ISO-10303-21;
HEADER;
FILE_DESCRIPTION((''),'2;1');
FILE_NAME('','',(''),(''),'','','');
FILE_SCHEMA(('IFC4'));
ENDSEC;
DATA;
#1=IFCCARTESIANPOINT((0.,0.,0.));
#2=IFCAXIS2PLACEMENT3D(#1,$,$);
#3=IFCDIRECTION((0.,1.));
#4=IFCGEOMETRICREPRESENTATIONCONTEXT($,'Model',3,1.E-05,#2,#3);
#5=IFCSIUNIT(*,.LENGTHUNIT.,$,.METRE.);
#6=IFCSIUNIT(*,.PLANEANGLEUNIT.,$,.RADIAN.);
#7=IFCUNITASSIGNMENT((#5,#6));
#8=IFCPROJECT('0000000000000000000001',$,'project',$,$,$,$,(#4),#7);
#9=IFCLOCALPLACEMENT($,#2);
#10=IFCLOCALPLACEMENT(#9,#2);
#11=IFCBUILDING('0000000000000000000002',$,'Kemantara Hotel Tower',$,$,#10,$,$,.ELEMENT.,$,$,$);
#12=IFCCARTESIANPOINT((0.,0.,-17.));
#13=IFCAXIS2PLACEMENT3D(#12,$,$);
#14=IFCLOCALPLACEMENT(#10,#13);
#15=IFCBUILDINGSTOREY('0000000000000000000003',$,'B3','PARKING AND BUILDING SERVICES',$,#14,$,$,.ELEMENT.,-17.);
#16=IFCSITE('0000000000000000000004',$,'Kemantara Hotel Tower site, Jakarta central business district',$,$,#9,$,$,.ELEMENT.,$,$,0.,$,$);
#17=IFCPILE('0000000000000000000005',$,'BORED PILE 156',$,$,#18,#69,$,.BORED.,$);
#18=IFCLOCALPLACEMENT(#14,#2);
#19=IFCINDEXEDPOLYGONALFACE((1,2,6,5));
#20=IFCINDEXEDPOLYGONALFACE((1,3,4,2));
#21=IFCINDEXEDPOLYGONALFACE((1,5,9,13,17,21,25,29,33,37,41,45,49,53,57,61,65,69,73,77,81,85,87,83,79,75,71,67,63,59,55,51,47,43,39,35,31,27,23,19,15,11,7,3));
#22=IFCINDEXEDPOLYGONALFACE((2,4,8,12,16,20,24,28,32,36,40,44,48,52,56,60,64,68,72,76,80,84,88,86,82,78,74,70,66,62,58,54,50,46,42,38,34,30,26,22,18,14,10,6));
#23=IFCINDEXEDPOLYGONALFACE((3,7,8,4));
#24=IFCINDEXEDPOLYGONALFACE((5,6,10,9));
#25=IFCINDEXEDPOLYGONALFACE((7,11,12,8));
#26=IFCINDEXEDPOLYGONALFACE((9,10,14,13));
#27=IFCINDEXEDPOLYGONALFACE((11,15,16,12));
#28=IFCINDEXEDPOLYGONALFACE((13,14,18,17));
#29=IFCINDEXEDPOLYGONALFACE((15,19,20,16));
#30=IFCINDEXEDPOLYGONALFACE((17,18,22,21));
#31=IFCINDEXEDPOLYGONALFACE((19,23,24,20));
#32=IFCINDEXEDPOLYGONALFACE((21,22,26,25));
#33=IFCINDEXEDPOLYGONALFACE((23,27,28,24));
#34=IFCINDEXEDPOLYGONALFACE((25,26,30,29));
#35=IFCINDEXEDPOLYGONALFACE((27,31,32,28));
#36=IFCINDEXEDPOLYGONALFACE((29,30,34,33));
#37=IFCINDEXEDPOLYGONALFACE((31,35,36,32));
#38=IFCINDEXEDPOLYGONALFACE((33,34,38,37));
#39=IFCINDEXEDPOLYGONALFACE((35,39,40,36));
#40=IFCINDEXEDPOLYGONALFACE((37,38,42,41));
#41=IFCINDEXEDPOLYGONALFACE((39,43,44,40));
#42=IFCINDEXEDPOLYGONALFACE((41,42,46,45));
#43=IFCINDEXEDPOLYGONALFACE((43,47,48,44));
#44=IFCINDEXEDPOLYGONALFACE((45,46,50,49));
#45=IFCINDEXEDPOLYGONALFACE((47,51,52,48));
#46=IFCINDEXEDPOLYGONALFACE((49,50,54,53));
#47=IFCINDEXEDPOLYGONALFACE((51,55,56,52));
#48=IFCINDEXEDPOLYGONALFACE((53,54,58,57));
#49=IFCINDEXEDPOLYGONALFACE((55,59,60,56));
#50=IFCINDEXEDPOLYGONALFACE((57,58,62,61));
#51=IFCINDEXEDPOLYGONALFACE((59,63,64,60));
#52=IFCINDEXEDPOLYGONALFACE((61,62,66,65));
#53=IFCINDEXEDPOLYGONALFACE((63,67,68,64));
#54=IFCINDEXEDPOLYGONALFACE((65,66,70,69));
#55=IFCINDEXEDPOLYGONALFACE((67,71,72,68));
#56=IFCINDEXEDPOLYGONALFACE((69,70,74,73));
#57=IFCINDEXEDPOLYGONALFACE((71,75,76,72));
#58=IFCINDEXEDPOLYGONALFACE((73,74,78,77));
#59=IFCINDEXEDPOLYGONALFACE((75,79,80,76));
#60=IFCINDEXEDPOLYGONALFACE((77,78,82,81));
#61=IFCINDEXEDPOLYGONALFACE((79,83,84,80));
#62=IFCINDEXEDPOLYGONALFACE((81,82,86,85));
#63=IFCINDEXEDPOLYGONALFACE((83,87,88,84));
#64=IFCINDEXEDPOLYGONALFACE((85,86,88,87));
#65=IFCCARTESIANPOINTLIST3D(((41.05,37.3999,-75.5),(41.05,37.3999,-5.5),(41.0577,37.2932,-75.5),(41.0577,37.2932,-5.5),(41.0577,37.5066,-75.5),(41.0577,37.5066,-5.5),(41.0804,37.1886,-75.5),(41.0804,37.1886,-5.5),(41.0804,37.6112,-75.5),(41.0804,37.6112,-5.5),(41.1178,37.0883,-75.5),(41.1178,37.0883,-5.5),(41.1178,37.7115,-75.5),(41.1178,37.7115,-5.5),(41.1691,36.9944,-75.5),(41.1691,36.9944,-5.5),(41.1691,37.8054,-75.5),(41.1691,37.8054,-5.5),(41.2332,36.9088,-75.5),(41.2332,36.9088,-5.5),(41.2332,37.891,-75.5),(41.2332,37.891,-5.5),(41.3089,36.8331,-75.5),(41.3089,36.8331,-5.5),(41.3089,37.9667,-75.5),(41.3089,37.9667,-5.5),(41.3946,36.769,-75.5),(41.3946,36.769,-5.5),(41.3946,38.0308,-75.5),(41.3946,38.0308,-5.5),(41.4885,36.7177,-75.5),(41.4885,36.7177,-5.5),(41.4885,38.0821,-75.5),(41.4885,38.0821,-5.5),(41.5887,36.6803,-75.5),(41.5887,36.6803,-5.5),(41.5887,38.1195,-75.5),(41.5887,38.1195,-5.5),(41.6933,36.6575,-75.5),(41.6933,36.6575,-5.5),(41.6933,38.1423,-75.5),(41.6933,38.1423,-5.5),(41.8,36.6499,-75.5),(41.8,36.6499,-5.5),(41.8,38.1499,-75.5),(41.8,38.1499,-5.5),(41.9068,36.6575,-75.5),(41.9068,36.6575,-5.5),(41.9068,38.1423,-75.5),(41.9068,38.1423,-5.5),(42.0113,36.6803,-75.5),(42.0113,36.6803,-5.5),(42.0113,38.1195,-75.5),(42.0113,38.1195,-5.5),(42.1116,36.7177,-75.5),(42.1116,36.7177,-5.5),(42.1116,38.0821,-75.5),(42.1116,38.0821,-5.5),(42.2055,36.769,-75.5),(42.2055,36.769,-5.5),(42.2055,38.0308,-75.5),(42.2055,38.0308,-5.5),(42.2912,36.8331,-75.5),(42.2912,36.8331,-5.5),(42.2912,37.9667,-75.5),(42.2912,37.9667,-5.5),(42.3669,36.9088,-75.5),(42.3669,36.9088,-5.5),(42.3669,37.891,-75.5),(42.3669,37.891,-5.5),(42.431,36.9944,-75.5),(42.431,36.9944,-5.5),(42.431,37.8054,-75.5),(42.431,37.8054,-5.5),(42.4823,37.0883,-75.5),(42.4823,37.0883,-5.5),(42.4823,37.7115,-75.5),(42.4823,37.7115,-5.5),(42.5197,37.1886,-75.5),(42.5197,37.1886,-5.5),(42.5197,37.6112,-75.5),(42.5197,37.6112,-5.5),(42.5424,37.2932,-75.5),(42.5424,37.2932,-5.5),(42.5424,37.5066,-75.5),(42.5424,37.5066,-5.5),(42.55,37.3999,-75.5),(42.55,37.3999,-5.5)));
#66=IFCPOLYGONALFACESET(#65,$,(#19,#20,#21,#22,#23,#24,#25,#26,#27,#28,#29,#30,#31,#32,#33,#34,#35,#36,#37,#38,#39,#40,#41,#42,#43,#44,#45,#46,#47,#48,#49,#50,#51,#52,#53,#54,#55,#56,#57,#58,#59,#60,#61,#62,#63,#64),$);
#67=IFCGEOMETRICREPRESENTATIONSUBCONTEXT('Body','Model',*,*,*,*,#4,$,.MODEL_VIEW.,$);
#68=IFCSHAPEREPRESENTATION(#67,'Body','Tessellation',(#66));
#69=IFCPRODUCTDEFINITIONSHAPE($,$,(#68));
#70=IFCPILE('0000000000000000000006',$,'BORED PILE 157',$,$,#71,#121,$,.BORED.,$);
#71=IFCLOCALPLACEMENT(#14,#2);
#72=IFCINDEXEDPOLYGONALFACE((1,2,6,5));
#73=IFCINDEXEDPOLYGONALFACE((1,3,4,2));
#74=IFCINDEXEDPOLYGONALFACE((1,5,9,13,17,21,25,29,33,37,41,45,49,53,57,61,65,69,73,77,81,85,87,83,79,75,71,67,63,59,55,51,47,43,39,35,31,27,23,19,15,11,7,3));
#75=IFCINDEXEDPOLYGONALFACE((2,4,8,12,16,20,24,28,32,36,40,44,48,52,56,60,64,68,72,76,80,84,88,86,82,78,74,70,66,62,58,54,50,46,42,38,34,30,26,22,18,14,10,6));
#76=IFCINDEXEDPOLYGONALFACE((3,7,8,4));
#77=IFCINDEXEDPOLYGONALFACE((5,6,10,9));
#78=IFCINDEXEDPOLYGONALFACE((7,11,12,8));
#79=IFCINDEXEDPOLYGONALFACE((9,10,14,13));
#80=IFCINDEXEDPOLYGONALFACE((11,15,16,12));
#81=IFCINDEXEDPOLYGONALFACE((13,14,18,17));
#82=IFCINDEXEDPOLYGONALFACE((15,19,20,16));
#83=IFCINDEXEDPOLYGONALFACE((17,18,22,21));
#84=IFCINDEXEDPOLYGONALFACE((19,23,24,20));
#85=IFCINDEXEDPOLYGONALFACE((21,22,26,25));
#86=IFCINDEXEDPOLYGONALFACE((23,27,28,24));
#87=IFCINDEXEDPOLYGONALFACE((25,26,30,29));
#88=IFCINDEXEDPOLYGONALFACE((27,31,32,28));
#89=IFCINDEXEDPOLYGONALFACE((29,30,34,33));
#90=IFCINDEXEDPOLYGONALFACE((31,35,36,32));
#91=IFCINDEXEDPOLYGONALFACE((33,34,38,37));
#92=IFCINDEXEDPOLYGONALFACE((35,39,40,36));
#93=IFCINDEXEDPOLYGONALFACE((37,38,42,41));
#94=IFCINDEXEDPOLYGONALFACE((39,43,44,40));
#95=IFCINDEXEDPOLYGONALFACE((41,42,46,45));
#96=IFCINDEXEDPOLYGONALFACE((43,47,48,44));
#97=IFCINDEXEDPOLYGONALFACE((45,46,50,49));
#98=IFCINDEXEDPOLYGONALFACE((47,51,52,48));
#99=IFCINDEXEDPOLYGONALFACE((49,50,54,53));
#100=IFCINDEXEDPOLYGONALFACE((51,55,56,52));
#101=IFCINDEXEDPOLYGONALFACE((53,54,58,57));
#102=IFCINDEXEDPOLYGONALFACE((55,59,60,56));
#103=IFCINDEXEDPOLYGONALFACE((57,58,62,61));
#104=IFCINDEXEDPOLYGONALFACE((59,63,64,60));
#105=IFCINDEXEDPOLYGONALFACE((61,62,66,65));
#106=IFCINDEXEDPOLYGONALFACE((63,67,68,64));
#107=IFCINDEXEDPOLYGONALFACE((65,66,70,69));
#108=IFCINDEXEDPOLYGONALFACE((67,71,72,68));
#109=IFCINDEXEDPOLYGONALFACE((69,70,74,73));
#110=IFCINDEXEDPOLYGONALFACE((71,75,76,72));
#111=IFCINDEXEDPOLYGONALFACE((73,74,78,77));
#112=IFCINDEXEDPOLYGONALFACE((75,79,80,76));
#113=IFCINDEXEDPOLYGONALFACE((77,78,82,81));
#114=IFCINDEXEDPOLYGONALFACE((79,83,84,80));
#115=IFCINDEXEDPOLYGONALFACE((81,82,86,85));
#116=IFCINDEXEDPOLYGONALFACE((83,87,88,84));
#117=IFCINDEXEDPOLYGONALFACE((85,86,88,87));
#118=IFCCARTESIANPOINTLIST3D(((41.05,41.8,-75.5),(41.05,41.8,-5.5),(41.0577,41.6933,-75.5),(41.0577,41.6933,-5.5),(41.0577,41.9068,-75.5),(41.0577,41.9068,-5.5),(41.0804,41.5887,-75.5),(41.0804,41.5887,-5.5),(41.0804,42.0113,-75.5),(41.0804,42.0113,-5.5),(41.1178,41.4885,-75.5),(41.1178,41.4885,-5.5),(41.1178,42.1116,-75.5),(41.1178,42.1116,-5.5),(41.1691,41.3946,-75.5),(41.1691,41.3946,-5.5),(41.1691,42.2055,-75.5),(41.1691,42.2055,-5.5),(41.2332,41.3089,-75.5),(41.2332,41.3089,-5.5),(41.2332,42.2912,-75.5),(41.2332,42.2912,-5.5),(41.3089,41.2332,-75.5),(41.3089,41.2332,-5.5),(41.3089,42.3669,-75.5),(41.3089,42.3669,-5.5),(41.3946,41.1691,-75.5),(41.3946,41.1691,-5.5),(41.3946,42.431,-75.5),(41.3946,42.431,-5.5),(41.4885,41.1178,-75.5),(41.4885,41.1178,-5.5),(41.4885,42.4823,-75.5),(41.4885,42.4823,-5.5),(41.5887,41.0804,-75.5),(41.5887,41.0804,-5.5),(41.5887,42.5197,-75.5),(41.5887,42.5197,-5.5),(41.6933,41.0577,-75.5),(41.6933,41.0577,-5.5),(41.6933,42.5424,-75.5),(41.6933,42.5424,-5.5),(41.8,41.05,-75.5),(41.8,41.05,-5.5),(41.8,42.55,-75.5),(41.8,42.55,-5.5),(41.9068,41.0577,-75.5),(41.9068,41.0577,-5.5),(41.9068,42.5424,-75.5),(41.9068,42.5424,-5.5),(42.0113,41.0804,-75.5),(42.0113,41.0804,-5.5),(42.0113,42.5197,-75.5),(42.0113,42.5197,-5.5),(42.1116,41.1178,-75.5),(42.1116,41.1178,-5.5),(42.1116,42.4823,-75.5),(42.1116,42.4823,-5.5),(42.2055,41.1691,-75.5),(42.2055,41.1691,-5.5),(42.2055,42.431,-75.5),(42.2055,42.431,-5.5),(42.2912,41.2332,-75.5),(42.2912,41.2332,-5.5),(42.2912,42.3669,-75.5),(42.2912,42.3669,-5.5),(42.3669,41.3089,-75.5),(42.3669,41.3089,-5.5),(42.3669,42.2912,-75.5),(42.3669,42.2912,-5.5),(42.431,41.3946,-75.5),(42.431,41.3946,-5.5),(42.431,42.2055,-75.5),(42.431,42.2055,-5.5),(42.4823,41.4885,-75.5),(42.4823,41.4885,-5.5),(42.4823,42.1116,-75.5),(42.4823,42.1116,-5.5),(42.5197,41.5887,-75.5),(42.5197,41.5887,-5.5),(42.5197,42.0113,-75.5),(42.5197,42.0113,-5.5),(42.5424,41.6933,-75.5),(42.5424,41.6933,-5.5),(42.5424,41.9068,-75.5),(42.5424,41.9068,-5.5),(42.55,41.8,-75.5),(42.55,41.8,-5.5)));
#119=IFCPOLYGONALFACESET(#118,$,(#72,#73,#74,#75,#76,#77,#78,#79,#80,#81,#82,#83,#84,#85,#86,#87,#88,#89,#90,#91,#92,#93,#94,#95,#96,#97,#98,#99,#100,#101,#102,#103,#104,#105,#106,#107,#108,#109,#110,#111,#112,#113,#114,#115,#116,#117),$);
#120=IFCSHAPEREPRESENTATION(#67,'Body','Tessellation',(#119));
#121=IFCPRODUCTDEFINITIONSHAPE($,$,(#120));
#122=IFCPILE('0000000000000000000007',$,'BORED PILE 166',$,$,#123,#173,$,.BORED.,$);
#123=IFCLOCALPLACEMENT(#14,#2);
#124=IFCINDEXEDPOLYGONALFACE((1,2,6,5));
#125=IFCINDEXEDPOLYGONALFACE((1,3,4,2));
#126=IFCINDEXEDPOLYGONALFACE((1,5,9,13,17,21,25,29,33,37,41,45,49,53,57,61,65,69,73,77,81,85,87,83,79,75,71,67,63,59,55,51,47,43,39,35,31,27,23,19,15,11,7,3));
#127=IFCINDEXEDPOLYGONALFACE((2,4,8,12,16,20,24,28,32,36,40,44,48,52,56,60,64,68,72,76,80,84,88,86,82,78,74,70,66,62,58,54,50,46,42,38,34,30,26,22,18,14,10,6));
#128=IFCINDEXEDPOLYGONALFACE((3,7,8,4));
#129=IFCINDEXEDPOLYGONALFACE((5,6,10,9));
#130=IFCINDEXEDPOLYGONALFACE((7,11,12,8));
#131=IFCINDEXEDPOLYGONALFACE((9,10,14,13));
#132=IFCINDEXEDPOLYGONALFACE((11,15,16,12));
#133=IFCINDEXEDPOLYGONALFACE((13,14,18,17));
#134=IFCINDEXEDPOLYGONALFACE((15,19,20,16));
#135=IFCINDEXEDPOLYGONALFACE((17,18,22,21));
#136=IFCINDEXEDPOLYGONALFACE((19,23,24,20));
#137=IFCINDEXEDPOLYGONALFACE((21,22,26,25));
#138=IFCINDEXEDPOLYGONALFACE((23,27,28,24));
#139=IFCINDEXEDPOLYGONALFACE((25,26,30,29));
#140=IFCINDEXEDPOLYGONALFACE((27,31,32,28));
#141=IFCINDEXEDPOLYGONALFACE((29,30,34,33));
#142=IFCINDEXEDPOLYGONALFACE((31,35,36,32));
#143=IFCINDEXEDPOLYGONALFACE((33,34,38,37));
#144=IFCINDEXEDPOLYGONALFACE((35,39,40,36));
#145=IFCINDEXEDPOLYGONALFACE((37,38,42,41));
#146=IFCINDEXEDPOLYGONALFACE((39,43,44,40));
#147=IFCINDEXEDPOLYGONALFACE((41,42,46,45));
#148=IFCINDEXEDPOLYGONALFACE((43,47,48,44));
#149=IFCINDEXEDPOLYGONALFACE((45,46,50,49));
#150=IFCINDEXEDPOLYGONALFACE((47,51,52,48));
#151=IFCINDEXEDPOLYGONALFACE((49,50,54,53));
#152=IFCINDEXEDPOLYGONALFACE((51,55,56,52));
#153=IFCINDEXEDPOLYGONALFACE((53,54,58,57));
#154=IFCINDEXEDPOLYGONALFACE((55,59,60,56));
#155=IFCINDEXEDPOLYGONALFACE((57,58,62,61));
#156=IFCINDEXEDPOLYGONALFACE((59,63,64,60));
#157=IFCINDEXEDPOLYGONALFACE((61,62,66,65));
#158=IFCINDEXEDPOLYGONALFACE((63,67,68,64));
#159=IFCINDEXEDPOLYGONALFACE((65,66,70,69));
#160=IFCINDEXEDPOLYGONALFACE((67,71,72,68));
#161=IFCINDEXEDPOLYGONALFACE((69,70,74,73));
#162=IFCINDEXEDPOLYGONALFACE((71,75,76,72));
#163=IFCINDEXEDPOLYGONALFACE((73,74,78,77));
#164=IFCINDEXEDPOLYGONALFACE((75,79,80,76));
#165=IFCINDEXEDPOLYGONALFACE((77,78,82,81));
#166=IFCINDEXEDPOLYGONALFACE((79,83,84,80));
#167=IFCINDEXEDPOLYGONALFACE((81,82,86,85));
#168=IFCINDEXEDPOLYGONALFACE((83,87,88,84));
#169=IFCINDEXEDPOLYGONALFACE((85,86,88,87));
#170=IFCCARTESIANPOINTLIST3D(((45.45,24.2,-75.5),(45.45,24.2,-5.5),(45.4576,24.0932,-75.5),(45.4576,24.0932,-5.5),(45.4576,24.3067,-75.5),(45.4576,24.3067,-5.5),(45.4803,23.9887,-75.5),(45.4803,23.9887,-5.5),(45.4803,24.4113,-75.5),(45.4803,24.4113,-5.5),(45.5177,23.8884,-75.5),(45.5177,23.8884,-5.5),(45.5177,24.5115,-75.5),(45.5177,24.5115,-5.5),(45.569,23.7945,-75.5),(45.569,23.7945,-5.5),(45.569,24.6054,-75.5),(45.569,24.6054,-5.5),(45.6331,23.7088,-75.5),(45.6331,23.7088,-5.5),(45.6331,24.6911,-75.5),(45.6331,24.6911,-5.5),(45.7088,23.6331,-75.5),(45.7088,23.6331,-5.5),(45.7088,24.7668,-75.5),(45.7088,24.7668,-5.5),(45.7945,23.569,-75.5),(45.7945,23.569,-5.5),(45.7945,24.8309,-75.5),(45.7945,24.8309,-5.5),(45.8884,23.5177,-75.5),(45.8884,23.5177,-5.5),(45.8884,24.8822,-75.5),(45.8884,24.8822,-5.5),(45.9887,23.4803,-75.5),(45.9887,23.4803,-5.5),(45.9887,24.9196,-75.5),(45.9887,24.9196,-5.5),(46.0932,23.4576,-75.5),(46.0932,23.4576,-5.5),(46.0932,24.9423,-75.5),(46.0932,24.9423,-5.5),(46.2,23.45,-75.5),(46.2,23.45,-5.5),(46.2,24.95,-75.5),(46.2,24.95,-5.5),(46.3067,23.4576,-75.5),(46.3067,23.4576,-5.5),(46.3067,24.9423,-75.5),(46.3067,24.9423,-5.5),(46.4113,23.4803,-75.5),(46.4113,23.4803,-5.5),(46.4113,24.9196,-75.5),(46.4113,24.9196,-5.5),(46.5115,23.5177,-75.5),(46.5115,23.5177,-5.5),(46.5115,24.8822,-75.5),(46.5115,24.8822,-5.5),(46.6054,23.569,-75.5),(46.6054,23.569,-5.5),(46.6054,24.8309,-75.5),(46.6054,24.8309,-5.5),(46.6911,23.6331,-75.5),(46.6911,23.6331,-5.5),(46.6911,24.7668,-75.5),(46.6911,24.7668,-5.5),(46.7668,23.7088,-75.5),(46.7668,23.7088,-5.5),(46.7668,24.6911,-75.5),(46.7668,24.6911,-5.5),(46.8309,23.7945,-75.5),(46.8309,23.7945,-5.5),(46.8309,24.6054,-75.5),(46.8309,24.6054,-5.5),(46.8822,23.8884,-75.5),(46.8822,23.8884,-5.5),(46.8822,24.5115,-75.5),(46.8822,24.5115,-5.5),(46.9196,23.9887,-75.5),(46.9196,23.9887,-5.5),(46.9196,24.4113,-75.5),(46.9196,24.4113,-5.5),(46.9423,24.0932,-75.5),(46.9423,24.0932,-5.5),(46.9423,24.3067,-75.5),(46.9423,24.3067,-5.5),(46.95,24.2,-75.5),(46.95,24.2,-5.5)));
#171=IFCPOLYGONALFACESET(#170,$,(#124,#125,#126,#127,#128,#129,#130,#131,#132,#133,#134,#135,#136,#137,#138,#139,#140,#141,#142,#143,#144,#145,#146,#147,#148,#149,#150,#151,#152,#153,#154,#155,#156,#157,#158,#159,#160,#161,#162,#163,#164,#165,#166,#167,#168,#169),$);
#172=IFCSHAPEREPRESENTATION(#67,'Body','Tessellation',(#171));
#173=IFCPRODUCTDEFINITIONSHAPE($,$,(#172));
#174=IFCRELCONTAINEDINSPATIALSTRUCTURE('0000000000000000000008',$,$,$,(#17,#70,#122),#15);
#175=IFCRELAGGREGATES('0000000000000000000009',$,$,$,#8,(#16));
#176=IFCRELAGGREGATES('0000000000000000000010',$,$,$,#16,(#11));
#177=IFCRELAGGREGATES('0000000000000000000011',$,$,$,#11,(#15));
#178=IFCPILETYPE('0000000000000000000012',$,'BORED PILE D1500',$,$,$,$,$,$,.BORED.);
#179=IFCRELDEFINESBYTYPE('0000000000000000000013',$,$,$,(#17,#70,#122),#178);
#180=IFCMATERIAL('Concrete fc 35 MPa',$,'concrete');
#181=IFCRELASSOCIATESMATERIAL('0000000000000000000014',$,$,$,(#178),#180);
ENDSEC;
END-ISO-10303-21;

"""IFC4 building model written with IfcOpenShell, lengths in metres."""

from ifc_helpers import new_model, si_unit, direction, frame, origin, origin_2d, place, context, subcontext, project, spatial, circle, extrude, material, material_profile, profile_set, type_object, element, save


model = new_model("IFC4")

# Units and contexts
model_context = context("Model", 3, precision=1e-05, world=origin(), true_north=direction((0.0, 1.0)))
body_context = subcontext(model_context, "Body", "Model", "MODEL_VIEW")
ifc_project = project(units=[si_unit("LENGTHUNIT", "METRE"), si_unit("PLANEANGLEUNIT", "RADIAN")], contexts=[model_context])

# Site, building, storey
site_placement = place(None, origin())
site = spatial("IfcSite", under=ifc_project, at=site_placement, Name="Kemantara Hotel Tower site, Jakarta central business district", CompositionType="ELEMENT", RefElevation=0.0)
building_placement = place(site_placement, origin())
building = spatial("IfcBuilding", under=site, at=building_placement, Name="Kemantara Hotel Tower", CompositionType="ELEMENT")
storey_placement = place(building_placement, frame((0.0, 0.0, -17.0)))
storey = spatial("IfcBuildingStorey", under=building, at=storey_placement, Name="B3", Description="PARKING AND BUILDING SERVICES", CompositionType="ELEMENT", Elevation=-17.0)

# Piles
ifc_material_1 = material(Name="Concrete fc 35 MPa", Category="concrete")
ifc_material_profile_1 = material_profile(ifc_material_1, circle(Radius=0.75, at=origin_2d()), Name="BORED PILE D1500")
ifc_profile_set_1 = profile_set([ifc_material_profile_1], Name="Concrete fc 35 MPa")
pile_type = type_object("IfcPileType", Name="BORED PILE D1500", PredefinedType="BORED", material=ifc_profile_set_1)
for number, where, z_axis, x_axis, name in (
    (1, (41.8, 37.3999, -5.5), (0.0, 0.0, -1.0), (1.0, 0.0, 0.0), "BORED PILE 156"),
    (2, (41.8, 41.8, -5.5), (0.0, 0.0, -1.0), (1.0, 0.0, 0.0), "BORED PILE 157"),
    (3, (46.2, 24.2, -5.5), (0.0, 0.0, -1.0), (1.0, 0.0, 0.0), "BORED PILE 166"),
):
    element("IfcPile", number, at=place(storey_placement, frame(where, z_axis=z_axis, x_axis=x_axis)), inside=storey, type_object=pile_type, Name=name, PredefinedType="BORED", context=body_context, shape_type="SweptSolid", body=[
        extrude(circle(Radius=0.75, at=origin_2d()), origin(), (0.0, 0.0, 1.0), 70.0),
    ])

save(model, "model.ifc")
